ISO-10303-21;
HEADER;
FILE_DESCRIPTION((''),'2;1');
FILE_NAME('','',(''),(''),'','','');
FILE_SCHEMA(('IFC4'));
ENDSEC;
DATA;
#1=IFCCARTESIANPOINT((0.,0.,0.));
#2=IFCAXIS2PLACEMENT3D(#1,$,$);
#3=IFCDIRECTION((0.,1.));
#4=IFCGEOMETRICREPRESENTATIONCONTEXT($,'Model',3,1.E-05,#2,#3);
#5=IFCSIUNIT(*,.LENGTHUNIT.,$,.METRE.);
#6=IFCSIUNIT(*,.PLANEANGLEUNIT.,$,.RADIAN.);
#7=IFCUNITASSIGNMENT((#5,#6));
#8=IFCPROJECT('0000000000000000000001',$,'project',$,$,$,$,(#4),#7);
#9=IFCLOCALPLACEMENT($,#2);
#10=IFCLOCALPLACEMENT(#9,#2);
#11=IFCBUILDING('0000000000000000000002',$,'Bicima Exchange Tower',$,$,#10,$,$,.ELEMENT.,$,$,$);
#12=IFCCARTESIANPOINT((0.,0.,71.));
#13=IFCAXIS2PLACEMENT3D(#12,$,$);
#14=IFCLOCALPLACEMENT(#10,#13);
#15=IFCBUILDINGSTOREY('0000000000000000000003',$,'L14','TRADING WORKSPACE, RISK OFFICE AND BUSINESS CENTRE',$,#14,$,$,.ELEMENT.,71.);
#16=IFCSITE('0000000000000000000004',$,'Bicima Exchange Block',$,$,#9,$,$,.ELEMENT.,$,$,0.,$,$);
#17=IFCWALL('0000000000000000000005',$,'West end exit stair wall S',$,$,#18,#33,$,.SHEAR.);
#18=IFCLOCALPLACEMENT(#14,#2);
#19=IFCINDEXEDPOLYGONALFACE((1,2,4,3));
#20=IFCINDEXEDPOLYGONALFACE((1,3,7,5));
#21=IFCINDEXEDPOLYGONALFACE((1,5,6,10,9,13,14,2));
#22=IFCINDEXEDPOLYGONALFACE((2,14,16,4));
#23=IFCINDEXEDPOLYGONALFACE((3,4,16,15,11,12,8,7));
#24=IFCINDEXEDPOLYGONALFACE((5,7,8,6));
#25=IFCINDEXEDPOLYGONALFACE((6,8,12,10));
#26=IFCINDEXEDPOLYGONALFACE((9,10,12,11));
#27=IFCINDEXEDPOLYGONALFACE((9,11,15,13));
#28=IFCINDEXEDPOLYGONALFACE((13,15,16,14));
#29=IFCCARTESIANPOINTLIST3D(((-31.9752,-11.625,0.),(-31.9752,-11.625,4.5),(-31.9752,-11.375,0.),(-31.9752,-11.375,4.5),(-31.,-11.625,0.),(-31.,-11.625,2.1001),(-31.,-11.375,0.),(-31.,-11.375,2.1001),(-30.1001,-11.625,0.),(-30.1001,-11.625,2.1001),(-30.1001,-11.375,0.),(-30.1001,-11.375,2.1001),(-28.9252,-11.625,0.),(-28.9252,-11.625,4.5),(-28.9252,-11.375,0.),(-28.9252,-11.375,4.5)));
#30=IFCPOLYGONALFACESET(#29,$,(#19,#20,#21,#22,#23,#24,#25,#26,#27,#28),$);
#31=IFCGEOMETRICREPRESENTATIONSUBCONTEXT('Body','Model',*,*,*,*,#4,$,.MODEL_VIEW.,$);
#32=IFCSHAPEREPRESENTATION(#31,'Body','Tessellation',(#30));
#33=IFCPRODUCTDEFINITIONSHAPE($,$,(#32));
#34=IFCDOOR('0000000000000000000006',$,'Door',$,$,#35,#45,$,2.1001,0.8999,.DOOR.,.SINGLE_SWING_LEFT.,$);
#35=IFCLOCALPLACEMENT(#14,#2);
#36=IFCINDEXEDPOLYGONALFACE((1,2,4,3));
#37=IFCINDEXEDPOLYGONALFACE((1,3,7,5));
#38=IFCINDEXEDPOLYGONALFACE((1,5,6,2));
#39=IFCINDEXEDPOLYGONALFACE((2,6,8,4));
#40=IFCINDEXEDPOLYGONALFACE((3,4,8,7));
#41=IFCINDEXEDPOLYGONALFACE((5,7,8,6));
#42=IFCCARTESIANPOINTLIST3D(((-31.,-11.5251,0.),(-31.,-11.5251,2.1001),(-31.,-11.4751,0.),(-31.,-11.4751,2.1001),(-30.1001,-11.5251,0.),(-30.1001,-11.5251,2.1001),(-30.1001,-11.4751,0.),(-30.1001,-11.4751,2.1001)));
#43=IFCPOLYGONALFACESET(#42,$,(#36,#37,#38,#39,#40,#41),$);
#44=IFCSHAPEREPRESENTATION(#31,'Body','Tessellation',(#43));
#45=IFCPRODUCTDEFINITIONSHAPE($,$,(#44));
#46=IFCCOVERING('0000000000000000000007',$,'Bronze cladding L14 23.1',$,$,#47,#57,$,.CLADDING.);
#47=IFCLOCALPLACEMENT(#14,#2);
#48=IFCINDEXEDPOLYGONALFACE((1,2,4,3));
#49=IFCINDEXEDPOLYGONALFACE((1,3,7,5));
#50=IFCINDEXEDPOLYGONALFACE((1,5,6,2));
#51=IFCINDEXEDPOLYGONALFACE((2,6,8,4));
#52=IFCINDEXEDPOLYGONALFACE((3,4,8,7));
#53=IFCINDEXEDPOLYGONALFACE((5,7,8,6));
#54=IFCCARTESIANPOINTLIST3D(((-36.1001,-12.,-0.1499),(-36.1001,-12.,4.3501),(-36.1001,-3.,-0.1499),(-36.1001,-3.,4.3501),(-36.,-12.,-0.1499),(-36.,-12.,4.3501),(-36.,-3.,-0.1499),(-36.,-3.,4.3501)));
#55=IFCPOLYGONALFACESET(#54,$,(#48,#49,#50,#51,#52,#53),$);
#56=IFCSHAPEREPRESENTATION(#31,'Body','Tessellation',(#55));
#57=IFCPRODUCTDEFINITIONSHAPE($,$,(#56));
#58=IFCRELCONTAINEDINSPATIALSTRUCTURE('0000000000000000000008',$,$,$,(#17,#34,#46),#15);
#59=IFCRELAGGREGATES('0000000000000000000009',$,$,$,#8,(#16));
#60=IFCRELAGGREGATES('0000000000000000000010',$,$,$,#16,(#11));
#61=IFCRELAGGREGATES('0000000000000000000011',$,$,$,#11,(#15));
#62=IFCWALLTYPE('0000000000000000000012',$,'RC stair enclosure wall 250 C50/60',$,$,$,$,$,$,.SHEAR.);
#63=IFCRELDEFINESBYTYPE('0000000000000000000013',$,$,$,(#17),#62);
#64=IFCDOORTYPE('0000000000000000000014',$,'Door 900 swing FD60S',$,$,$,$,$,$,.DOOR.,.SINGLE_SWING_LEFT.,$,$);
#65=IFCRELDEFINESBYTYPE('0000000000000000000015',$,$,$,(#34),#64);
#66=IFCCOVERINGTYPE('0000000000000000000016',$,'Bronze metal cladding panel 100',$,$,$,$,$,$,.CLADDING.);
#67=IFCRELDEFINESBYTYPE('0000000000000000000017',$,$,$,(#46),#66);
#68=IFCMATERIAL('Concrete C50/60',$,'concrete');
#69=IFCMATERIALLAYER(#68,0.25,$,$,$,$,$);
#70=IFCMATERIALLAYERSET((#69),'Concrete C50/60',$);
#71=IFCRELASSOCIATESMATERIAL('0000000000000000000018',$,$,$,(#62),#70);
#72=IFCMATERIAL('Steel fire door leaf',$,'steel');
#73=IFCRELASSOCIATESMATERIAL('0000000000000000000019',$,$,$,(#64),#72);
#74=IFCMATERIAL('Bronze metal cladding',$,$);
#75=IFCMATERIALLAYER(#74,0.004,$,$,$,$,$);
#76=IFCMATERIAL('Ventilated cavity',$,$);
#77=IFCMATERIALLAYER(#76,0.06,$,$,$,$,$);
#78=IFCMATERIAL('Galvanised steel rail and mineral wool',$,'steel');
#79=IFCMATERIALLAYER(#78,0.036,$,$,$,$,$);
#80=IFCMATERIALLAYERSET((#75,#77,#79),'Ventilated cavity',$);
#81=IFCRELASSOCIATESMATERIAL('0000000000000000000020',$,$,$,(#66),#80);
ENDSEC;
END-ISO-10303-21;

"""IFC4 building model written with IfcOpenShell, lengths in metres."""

from ifc_helpers import new_model, si_unit, direction, frame, frame_2d, origin, origin_2d, place, context, subcontext, project, spatial, rectangle, extrude, material, layer, layer_set, type_object, element, fill, save


model = new_model("IFC4")

# Units and contexts
model_context = context("Model", 3, precision=1e-05, world=origin(), true_north=direction((0.0, 1.0)))
body_context = subcontext(model_context, "Body", "Model", "MODEL_VIEW")
ifc_project = project(units=[si_unit("LENGTHUNIT", "METRE"), si_unit("PLANEANGLEUNIT", "RADIAN")], contexts=[model_context])

# Site, building, storey
site_placement = place(None, origin())
site = spatial("IfcSite", under=ifc_project, at=site_placement, Name="Bicima Exchange Block", CompositionType="ELEMENT", RefElevation=0.0)
building_placement = place(site_placement, origin())
building = spatial("IfcBuilding", under=site, at=building_placement, Name="Bicima Exchange Tower", CompositionType="ELEMENT")
storey_placement = place(building_placement, frame((0.0, 0.0, 71.0)))
storey = spatial("IfcBuildingStorey", under=building, at=storey_placement, Name="L14", Description="TRADING WORKSPACE, RISK OFFICE AND BUSINESS CENTRE", CompositionType="ELEMENT", Elevation=71.0)

# Shared definitions
ifc_material_1 = material(Name="Steel fire door leaf", Category="steel")

# Shared definitions
ifc_material_2 = material(Name="Concrete C50/60", Category="concrete")
ifc_layer_1 = layer(ifc_material_2, 0.25)
ifc_layer_set_1 = layer_set([ifc_layer_1], Name="Concrete C50/60")
wall_type_1 = type_object("IfcWallType", Name="RC stair enclosure wall 250 C50/60", PredefinedType="SHEAR", material=ifc_layer_set_1)

# Wall, opening, door
wall_1_placement = place(storey_placement, frame((-31.9751, -11.5, 0.0), z_axis=(0.0, 0.0, 1.0), x_axis=(1.0, 0.0, 0.0)))
wall_1 = element("IfcWall", 1, at=wall_1_placement, inside=storey, type_object=wall_type_1, Name="West end exit stair wall S", PredefinedType="SHEAR", context=body_context, shape_type="SweptSolid", body=[
    extrude(rectangle(XDim=3.05, YDim=0.25, at=frame_2d((1.5249, 0.0))), origin(), (0.0, 0.0, 1.0), 4.5),
])
opening_1_placement = place(wall_1_placement, frame((0.9751, 0.0, 0.0)))
opening_1 = element("IfcOpeningElement", 2, at=opening_1_placement, cuts=wall_1, PredefinedType="OPENING", context=body_context, shape_type="SweptSolid", body=[
    extrude(rectangle(XDim=0.8999, YDim=2.1001, at=frame_2d((0.45, 1.05))), frame((0.0, 0.137, 0.0), z_axis=(0.0, -1.0, 0.0), x_axis=(1.0, 0.0, 0.0)), (0.0, 0.0, 1.0), 0.2739),
])
door_type_1 = type_object("IfcDoorType", Name="Door 900 swing FD60S", OperationType="SINGLE_SWING_LEFT", PredefinedType="DOOR", material=ifc_material_1)
door_1_placement = place(opening_1_placement, origin())
door_1 = element("IfcDoor", 3, at=door_1_placement, inside=storey, type_object=door_type_1, Name="Door", OperationType="SINGLE_SWING_LEFT", OverallHeight=2.1001, OverallWidth=0.8999, PredefinedType="DOOR", context=body_context, shape_type="SweptSolid", body=[
    extrude(rectangle(XDim=0.8999, YDim=2.1001, at=frame_2d((0.45, 1.05))), frame((0.0, 0.0249, 0.0), z_axis=(0.0, -1.0, 0.0), x_axis=(1.0, 0.0, 0.0)), (0.0, 0.0, 1.0), 0.05),
])
fill(opening_1, door_1)

# Covering
ifc_material_3 = material(Name="Bronze metal cladding")
ifc_layer_2 = layer(ifc_material_3, 0.004)
ifc_material_4 = material(Name="Ventilated cavity")
ifc_layer_3 = layer(ifc_material_4, 0.06)
ifc_material_5 = material(Name="Galvanised steel rail and mineral wool", Category="steel")
ifc_layer_4 = layer(ifc_material_5, 0.036)
ifc_layer_set_2 = layer_set([ifc_layer_2, ifc_layer_3, ifc_layer_4], Name="Ventilated cavity")
covering_type = type_object("IfcCoveringType", Name="Bronze metal cladding panel 100", PredefinedType="CLADDING", material=ifc_layer_set_2)
covering_placement = place(storey_placement, frame((-36.05, -7.5, -0.1499), z_axis=(0.0, 0.0, 1.0), x_axis=(0.0, -1.0, 0.0)))
element("IfcCovering", 4, at=covering_placement, inside=storey, type_object=covering_type, Name="Bronze cladding L14 23.1", PredefinedType="CLADDING", context=body_context, shape_type="SweptSolid", body=[
    extrude(rectangle(XDim=9.0, YDim=0.1001, at=origin_2d()), origin(), (0.0, 0.0, 1.0), 4.5),
])

save(model, "model.ifc")
